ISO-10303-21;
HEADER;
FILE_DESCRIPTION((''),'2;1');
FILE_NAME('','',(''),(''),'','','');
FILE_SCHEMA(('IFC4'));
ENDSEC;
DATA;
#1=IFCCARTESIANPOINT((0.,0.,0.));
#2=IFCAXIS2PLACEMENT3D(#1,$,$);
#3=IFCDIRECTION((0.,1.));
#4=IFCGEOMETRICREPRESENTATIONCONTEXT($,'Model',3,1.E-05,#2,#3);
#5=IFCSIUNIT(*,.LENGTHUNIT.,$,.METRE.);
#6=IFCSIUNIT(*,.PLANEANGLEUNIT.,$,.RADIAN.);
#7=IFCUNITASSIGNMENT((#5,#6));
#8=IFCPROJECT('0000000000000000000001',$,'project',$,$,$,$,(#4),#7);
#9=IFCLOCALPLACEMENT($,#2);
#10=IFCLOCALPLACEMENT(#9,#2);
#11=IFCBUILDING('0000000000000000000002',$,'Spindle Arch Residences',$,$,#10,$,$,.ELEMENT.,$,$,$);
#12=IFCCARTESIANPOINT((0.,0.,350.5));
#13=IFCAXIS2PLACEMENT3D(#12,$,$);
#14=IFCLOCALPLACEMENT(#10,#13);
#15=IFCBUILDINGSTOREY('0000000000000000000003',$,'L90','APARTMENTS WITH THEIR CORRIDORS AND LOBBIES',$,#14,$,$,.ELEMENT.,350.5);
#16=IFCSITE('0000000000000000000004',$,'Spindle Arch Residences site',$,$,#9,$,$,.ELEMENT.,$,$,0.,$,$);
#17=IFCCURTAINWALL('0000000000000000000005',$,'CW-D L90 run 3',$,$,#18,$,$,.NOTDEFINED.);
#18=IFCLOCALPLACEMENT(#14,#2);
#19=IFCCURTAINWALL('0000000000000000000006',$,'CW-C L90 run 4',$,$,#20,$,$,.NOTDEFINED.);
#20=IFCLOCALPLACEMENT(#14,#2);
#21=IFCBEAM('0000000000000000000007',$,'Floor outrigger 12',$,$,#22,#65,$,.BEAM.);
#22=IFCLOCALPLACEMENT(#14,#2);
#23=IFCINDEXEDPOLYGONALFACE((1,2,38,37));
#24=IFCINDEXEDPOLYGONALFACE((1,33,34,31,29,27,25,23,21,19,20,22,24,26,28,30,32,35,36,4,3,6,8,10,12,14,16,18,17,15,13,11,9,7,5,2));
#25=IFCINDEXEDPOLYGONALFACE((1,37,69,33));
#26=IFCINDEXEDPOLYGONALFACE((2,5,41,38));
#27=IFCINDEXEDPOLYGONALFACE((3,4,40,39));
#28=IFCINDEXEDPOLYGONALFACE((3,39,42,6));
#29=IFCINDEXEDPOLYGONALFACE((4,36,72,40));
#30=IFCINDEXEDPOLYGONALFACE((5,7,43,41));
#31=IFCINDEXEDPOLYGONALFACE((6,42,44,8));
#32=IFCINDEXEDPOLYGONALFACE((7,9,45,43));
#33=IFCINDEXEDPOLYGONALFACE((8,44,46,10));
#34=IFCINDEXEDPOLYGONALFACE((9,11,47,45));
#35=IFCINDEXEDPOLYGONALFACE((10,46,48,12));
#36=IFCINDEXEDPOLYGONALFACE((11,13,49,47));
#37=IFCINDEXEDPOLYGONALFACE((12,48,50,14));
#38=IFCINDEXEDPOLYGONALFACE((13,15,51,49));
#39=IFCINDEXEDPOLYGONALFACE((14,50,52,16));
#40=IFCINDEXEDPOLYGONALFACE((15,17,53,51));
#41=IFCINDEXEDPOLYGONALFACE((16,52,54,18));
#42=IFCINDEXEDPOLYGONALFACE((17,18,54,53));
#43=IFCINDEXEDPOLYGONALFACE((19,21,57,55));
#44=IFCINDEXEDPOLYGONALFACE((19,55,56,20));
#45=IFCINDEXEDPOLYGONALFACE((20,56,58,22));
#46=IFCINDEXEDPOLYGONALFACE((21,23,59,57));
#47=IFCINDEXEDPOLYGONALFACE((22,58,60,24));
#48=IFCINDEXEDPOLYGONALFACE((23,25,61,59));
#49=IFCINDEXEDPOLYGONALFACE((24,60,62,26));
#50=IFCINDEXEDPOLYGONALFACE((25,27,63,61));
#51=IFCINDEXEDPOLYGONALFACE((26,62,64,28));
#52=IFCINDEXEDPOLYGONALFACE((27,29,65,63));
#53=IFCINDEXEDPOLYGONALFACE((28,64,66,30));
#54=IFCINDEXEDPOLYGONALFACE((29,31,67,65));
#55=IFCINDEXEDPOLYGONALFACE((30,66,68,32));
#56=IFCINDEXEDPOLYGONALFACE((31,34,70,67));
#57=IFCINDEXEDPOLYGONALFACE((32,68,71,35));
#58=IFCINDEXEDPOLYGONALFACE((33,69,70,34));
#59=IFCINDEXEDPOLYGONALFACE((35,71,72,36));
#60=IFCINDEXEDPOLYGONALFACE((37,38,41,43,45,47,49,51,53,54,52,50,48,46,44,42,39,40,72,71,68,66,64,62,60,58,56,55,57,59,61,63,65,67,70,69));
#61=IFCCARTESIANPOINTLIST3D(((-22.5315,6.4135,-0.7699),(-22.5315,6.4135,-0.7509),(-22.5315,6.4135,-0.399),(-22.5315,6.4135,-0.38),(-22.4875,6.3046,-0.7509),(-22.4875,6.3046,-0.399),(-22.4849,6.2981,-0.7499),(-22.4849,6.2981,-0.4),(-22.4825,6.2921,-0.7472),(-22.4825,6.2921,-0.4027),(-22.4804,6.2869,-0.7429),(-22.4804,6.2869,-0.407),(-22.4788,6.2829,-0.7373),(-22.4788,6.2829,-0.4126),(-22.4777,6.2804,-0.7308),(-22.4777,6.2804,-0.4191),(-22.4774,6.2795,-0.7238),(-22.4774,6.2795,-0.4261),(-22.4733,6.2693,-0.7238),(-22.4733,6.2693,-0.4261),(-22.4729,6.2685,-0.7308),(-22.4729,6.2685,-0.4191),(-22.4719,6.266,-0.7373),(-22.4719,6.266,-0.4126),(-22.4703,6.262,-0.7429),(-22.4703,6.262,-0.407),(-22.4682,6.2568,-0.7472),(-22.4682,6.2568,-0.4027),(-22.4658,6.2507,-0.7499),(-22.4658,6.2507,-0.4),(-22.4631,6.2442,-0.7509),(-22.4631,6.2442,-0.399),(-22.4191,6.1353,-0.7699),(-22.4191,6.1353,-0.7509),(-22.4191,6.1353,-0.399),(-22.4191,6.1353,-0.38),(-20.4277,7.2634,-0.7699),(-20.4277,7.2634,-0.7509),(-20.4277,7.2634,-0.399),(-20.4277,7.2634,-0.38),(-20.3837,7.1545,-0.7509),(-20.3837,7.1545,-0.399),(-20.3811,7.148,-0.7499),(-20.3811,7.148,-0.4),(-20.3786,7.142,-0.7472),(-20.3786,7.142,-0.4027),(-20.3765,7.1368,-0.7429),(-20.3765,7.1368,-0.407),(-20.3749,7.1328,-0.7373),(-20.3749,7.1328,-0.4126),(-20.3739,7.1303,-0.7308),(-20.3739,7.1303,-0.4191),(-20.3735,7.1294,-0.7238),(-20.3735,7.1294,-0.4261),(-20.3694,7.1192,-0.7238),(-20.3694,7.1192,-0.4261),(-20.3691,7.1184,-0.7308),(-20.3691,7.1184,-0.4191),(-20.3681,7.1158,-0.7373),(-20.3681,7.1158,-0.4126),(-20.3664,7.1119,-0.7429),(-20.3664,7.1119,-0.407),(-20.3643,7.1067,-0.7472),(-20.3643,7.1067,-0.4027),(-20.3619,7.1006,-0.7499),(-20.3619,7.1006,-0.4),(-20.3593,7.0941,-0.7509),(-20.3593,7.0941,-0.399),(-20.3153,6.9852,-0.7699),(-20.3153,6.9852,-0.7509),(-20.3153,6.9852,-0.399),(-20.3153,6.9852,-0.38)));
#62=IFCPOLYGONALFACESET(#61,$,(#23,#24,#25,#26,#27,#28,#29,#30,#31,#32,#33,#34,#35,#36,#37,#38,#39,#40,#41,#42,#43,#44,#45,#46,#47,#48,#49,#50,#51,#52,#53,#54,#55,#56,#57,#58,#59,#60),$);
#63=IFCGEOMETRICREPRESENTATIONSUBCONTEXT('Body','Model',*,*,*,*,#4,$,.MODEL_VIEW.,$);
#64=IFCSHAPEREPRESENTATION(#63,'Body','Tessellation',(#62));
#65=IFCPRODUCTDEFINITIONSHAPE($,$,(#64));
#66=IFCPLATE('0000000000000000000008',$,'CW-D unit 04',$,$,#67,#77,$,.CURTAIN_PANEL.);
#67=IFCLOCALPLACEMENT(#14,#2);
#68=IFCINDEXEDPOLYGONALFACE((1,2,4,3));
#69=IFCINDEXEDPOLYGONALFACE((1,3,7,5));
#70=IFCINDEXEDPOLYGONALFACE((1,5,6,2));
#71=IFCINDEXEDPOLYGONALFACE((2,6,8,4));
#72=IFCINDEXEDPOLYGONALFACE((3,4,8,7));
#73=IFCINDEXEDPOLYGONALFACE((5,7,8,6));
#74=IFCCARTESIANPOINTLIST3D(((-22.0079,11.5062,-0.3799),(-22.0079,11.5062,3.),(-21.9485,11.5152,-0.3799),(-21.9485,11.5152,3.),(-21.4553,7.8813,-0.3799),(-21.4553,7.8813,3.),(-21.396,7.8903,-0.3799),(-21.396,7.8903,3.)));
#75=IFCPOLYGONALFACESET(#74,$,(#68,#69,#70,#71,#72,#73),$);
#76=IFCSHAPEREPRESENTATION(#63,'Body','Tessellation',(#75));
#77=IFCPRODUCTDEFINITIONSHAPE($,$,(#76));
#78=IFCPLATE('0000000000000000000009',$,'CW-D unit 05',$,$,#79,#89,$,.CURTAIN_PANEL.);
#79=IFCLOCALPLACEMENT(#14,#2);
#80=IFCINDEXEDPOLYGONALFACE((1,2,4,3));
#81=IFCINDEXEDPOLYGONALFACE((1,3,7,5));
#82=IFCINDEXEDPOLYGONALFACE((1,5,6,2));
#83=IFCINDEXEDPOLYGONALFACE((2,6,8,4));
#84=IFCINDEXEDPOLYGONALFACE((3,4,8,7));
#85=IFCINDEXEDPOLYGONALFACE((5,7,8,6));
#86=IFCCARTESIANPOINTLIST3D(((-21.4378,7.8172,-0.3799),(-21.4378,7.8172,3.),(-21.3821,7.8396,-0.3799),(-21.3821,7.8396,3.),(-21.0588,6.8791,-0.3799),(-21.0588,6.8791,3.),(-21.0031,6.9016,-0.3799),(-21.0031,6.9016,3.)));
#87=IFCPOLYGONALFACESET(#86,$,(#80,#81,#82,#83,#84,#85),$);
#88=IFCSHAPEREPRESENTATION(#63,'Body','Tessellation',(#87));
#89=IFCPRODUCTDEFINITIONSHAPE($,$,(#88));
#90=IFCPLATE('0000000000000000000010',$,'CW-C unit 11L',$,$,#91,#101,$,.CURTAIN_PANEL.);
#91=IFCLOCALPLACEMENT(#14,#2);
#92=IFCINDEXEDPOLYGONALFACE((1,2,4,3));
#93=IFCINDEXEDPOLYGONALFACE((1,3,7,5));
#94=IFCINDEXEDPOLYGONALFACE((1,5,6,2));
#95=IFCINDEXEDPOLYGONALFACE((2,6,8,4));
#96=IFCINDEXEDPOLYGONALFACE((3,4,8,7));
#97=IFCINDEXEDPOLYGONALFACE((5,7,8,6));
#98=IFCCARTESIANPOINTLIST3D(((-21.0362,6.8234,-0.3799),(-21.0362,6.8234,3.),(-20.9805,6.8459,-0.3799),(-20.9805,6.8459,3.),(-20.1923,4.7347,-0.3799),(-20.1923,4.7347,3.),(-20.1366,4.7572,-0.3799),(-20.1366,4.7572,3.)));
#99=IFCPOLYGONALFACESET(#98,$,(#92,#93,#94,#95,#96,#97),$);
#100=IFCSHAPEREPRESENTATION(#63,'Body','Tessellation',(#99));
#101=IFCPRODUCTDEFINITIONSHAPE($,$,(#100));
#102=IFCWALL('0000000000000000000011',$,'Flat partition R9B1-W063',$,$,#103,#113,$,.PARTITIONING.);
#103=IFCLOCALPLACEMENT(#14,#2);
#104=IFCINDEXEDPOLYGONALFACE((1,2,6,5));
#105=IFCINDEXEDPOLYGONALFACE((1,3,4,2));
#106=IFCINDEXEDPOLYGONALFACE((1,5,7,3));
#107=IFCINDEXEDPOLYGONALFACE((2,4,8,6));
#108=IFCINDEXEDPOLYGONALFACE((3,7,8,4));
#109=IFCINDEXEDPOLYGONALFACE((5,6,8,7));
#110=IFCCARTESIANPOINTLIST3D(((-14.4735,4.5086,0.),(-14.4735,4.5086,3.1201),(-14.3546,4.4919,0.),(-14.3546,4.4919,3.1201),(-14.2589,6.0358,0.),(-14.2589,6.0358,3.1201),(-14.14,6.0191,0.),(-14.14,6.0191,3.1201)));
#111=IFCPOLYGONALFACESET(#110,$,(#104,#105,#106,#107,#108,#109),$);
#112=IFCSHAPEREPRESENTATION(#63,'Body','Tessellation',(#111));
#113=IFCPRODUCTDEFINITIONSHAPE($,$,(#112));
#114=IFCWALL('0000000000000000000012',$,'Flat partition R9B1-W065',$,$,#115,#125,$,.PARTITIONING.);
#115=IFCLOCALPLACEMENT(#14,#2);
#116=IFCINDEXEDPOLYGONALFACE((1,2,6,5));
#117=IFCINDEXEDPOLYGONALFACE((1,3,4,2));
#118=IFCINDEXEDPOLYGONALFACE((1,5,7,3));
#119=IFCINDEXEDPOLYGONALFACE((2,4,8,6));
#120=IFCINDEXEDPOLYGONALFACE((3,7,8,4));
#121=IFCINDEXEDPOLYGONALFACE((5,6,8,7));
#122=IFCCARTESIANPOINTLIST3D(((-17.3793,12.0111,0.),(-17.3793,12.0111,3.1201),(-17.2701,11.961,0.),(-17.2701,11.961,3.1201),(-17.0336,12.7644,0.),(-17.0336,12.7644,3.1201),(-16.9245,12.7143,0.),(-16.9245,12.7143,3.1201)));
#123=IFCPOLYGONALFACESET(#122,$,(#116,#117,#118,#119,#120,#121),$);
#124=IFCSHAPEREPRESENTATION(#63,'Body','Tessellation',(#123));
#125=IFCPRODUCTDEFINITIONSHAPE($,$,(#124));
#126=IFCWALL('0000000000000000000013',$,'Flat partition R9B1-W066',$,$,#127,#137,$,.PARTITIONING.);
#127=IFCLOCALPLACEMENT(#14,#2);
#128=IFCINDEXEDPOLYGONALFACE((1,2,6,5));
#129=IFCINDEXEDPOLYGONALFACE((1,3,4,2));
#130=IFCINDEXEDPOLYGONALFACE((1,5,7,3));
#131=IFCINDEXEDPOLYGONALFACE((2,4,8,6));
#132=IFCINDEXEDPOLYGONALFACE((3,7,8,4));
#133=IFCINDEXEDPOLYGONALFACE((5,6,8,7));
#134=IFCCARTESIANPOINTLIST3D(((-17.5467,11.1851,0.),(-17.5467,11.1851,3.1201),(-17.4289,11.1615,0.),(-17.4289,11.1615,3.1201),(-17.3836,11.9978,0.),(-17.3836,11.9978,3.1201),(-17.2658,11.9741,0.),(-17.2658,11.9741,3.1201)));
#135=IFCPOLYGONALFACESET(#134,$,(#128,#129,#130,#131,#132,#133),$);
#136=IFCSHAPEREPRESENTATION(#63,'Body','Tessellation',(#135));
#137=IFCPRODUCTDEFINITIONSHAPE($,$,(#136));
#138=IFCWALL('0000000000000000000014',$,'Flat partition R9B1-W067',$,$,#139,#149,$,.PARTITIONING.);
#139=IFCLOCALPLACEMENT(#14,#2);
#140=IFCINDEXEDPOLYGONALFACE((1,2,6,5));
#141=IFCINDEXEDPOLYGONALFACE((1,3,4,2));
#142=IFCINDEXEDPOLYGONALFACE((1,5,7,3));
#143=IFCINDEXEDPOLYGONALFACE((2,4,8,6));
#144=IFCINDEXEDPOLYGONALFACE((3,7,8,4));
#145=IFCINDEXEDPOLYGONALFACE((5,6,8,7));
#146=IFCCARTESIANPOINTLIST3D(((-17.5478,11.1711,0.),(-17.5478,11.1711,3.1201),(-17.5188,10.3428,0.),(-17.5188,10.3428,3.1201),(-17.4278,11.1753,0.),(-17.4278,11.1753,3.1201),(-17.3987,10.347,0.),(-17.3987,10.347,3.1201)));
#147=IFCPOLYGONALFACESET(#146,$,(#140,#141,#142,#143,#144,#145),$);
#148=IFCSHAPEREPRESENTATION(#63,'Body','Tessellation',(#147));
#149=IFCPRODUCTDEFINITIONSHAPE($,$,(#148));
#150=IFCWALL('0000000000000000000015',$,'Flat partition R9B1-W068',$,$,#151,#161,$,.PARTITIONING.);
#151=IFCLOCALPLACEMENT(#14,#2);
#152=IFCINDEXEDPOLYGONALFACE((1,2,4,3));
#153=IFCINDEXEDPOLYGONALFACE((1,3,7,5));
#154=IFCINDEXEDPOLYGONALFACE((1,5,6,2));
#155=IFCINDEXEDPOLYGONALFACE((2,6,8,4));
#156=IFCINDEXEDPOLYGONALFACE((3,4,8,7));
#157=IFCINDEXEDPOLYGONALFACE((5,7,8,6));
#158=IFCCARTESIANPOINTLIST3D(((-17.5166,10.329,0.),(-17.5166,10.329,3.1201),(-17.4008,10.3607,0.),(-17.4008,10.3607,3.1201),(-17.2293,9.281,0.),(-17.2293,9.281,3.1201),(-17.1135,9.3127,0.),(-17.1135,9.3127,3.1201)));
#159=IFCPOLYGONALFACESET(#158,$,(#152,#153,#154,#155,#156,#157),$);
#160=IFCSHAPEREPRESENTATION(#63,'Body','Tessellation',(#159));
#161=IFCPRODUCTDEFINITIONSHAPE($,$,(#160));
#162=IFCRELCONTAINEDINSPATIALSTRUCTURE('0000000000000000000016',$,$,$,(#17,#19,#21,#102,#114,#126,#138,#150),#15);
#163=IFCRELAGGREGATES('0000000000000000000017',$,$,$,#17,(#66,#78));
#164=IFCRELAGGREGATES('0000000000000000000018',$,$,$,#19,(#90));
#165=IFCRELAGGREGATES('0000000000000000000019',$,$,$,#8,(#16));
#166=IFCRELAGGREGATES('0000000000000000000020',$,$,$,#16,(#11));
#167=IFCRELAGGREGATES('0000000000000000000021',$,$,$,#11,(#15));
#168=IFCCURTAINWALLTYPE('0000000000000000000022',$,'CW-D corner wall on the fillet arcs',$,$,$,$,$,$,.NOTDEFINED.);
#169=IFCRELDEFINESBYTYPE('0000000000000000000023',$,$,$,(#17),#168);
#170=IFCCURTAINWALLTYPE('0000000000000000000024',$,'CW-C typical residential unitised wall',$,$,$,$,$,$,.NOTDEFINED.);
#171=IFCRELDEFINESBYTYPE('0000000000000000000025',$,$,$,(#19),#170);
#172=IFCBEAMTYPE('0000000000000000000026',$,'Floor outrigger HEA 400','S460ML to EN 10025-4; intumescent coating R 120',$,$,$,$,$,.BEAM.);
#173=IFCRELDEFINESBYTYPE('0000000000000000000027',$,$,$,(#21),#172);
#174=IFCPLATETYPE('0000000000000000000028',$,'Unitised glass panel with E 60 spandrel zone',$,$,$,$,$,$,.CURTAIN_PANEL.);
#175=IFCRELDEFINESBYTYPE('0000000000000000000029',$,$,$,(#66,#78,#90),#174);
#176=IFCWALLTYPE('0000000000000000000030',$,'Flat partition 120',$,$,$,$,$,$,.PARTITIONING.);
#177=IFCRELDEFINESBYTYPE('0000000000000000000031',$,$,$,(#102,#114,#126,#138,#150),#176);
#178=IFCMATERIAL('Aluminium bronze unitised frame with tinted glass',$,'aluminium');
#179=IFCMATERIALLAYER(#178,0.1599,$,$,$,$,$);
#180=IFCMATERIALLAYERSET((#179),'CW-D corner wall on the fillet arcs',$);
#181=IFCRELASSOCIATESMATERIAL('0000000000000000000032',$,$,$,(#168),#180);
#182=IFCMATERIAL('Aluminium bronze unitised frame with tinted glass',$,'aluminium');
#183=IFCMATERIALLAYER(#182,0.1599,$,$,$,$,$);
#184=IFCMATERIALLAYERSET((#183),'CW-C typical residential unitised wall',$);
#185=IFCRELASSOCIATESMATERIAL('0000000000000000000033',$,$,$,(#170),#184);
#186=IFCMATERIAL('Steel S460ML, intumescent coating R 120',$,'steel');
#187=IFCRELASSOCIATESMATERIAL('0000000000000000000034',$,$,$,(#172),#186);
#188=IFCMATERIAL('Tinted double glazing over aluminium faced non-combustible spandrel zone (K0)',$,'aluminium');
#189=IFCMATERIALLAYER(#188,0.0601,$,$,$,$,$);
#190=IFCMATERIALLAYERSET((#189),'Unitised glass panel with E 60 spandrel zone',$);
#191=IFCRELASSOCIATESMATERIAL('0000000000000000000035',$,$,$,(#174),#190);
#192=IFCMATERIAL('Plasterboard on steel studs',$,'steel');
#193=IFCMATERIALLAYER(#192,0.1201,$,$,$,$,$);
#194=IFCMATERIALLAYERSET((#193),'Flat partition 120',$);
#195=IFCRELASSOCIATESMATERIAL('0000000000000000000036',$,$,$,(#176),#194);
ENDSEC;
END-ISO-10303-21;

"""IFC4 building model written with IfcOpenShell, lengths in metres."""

from ifc_helpers import new_model, si_unit, direction, frame, frame_2d, origin, origin_2d, place, context, subcontext, project, spatial, rectangle, i_section, extrude, material, layer, layer_set, material_profile, profile_set, type_object, element, aggregate, save


model = new_model("IFC4")

# Units and contexts
model_context = context("Model", 3, precision=1e-05, world=origin(), true_north=direction((0.0, 1.0)))
body_context = subcontext(model_context, "Body", "Model", "MODEL_VIEW")
ifc_project = project(units=[si_unit("LENGTHUNIT", "METRE"), si_unit("PLANEANGLEUNIT", "RADIAN")], contexts=[model_context])

# Site, building, storey
site_placement = place(None, origin())
site = spatial("IfcSite", under=ifc_project, at=site_placement, Name="Spindle Arch Residences site", CompositionType="ELEMENT", RefElevation=0.0)
building_placement = place(site_placement, origin())
building = spatial("IfcBuilding", under=site, at=building_placement, Name="Spindle Arch Residences", CompositionType="ELEMENT")
storey_placement = place(building_placement, frame((0.0, 0.0, 350.5)))
storey = spatial("IfcBuildingStorey", under=building, at=storey_placement, Name="L90", Description="APARTMENTS WITH THEIR CORRIDORS AND LOBBIES", CompositionType="ELEMENT", Elevation=350.5)

# Curtain wall
ifc_material_1 = material(Name="Aluminium bronze unitised frame with tinted glass", Category="aluminium")
ifc_layer_1 = layer(ifc_material_1, 0.1599)
ifc_layer_set_1 = layer_set([ifc_layer_1], Name="CW-D corner wall on the fillet arcs")
curtain_wall_type_1 = type_object("IfcCurtainWallType", Name="CW-D corner wall on the fillet arcs", PredefinedType="NOTDEFINED", material=ifc_layer_set_1)
curtain_wall_1_placement = place(storey_placement, origin())
curtain_wall_1 = element("IfcCurtainWall", 1, at=curtain_wall_1_placement, inside=storey, type_object=curtain_wall_type_1, Name="CW-D L90 run 3", PredefinedType="NOTDEFINED")

# Curtain wall
ifc_material_2 = material(Name="Aluminium bronze unitised frame with tinted glass", Category="aluminium")
ifc_layer_2 = layer(ifc_material_2, 0.1599)
ifc_layer_set_2 = layer_set([ifc_layer_2], Name="CW-C typical residential unitised wall")
curtain_wall_type_2 = type_object("IfcCurtainWallType", Name="CW-C typical residential unitised wall", PredefinedType="NOTDEFINED", material=ifc_layer_set_2)
curtain_wall_2_placement = place(storey_placement, origin())
curtain_wall_2 = element("IfcCurtainWall", 2, at=curtain_wall_2_placement, inside=storey, type_object=curtain_wall_type_2, Name="CW-C L90 run 4", PredefinedType="NOTDEFINED")

# Beam
ifc_material_3 = material(Name="Steel S460ML, intumescent coating R 120", Category="steel")
ifc_material_profile_1 = material_profile(ifc_material_3, i_section(OverallWidth=0.3, OverallDepth=0.3899, WebThickness=0.011, FlangeThickness=0.019, FilletRadius=0.0271, at=origin_2d()), Name="HEA 400")
ifc_profile_set_1 = profile_set([ifc_material_profile_1], Name="Steel S460ML, intumescent coating R 120")
beam_type_1 = type_object("IfcBeamType", Name="Floor outrigger HEA 400", Description="S460ML to EN 10025-4; intumescent coating R 120", PredefinedType="BEAM", material=ifc_profile_set_1)
beam_1_placement = place(storey_placement, frame((-22.4753, 6.2744, -0.575), z_axis=(0.927202, 0.374561, 0.0), x_axis=(-0.374561, 0.927202, 0.0)))
element("IfcBeam", 3, at=beam_1_placement, inside=storey, type_object=beam_type_1, Name="Floor outrigger 12", PredefinedType="BEAM", context=body_context, shape_type="SweptSolid", body=[
    extrude(i_section(OverallWidth=0.3, OverallDepth=0.3899, WebThickness=0.011, FlangeThickness=0.019, FilletRadius=0.0271, at=origin_2d()), origin(), (0.0, 0.0, 1.0), 2.269),
])

# Plates
ifc_material_4 = material(Name="Tinted double glazing over aluminium faced non-combustible spandrel zone (K0)", Category="aluminium")
ifc_layer_3 = layer(ifc_material_4, 0.0601)
ifc_layer_set_3 = layer_set([ifc_layer_3], Name="Unitised glass panel with E 60 spandrel zone")
plate_type = type_object("IfcPlateType", Name="Unitised glass panel with E 60 spandrel zone", PredefinedType="CURTAIN_PANEL", material=ifc_layer_set_3)
plate_1_placement = place(storey_placement, frame((-21.7019, 9.6982, -0.3799), z_axis=(0.0, 0.0, 1.0), x_axis=(0.150686, -0.988582, 0.0)))
plate_1 = element("IfcPlate", 4, at=plate_1_placement, type_object=plate_type, Name="CW-D unit 04", PredefinedType="CURTAIN_PANEL", context=body_context, shape_type="SweptSolid", body=[
    extrude(rectangle(XDim=3.6667, YDim=0.0601, at=origin_2d()), origin(), (0.0, 0.0, 1.0), 3.3799),
])
plate_2_placement = place(storey_placement, frame((-21.2205, 7.3594, -0.3799), z_axis=(0.0, 0.0, 1.0), x_axis=(0.374607, -0.927184, 0.0)))
plate_2 = element("IfcPlate", 5, at=plate_2_placement, type_object=plate_type, Name="CW-D unit 05", PredefinedType="CURTAIN_PANEL", context=body_context, shape_type="SweptSolid", body=[
    extrude(rectangle(XDim=1.0117, YDim=0.0601, at=origin_2d()), origin(), (0.0, 0.0, 1.0), 3.3799),
])
aggregate(curtain_wall_1, [plate_1, plate_2])
plate_3_placement = place(storey_placement, frame((-20.5864, 5.7903, -0.3799), z_axis=(0.0, 0.0, 1.0), x_axis=(0.374607, -0.927184, 0.0)))
plate_3 = element("IfcPlate", 6, at=plate_3_placement, type_object=plate_type, Name="CW-C unit 11L", PredefinedType="CURTAIN_PANEL", context=body_context, shape_type="SweptSolid", body=[
    extrude(rectangle(XDim=2.2527, YDim=0.0601, at=origin_2d()), origin(), (0.0, 0.0, 1.0), 3.3799),
])
aggregate(curtain_wall_2, [plate_3])

# Walls
ifc_material_5 = material(Name="Plasterboard on steel studs", Category="steel")
ifc_layer_4 = layer(ifc_material_5, 0.1201)
ifc_layer_set_4 = layer_set([ifc_layer_4], Name="Flat partition 120")
wall_type = type_object("IfcWallType", Name="Flat partition 120", PredefinedType="PARTITIONING", material=ifc_layer_set_4)
wall_1_placement = place(storey_placement, frame((-14.1995, 6.0273, 0.0), z_axis=(0.0, 0.0, 1.0), x_axis=(-0.139138, -0.990273, 0.0)))
element("IfcWall", 7, at=wall_1_placement, inside=storey, type_object=wall_type, Name="Flat partition R9B1-W063", PredefinedType="PARTITIONING", context=body_context, shape_type="SweptSolid", body=[
    extrude(rectangle(XDim=1.5422, YDim=0.1201, at=frame_2d((0.771, 0.0))), origin(), (0.0, 0.0, 1.0), 3.1201),
])
for number, where, z_axis, x_axis, name in (
    (8, (-16.979, 12.7395, 0.0), (0.0, 0.0, 1.0), (-0.41704, -0.908888, 0.0), "Flat partition R9B1-W065"),
    (9, (-17.3247, 11.9861, 0.0), (0.0, 0.0, 1.0), (-0.196739, -0.980456, 0.0), "Flat partition R9B1-W066"),
    (10, (-17.4878, 11.1733, 0.0), (0.0, 0.0, 1.0), (0.035051, -0.999386, 0.0), "Flat partition R9B1-W067"),
):
    element("IfcWall", number, at=place(storey_placement, frame(where, z_axis=z_axis, x_axis=x_axis)), inside=storey, type_object=wall_type, Name=name, PredefinedType="PARTITIONING", context=body_context, shape_type="SweptSolid", body=[
        extrude(rectangle(XDim=0.8289, YDim=0.1201, at=frame_2d((0.4146, 0.0))), origin(), (0.0, 0.0, 1.0), 3.1201),
    ])
wall_2_placement = place(storey_placement, frame((-17.4587, 10.345, 0.0), z_axis=(0.0, 0.0, 1.0), x_axis=(0.26441, -0.96441, 0.0)))
element("IfcWall", 11, at=wall_2_placement, inside=storey, type_object=wall_type, Name="Flat partition R9B1-W068", PredefinedType="PARTITIONING", context=body_context, shape_type="SweptSolid", body=[
    extrude(rectangle(XDim=1.0867, YDim=0.1201, at=frame_2d((0.5435, 0.0))), origin(), (0.0, 0.0, 1.0), 3.1201),
])

save(model, "model.ifc")
